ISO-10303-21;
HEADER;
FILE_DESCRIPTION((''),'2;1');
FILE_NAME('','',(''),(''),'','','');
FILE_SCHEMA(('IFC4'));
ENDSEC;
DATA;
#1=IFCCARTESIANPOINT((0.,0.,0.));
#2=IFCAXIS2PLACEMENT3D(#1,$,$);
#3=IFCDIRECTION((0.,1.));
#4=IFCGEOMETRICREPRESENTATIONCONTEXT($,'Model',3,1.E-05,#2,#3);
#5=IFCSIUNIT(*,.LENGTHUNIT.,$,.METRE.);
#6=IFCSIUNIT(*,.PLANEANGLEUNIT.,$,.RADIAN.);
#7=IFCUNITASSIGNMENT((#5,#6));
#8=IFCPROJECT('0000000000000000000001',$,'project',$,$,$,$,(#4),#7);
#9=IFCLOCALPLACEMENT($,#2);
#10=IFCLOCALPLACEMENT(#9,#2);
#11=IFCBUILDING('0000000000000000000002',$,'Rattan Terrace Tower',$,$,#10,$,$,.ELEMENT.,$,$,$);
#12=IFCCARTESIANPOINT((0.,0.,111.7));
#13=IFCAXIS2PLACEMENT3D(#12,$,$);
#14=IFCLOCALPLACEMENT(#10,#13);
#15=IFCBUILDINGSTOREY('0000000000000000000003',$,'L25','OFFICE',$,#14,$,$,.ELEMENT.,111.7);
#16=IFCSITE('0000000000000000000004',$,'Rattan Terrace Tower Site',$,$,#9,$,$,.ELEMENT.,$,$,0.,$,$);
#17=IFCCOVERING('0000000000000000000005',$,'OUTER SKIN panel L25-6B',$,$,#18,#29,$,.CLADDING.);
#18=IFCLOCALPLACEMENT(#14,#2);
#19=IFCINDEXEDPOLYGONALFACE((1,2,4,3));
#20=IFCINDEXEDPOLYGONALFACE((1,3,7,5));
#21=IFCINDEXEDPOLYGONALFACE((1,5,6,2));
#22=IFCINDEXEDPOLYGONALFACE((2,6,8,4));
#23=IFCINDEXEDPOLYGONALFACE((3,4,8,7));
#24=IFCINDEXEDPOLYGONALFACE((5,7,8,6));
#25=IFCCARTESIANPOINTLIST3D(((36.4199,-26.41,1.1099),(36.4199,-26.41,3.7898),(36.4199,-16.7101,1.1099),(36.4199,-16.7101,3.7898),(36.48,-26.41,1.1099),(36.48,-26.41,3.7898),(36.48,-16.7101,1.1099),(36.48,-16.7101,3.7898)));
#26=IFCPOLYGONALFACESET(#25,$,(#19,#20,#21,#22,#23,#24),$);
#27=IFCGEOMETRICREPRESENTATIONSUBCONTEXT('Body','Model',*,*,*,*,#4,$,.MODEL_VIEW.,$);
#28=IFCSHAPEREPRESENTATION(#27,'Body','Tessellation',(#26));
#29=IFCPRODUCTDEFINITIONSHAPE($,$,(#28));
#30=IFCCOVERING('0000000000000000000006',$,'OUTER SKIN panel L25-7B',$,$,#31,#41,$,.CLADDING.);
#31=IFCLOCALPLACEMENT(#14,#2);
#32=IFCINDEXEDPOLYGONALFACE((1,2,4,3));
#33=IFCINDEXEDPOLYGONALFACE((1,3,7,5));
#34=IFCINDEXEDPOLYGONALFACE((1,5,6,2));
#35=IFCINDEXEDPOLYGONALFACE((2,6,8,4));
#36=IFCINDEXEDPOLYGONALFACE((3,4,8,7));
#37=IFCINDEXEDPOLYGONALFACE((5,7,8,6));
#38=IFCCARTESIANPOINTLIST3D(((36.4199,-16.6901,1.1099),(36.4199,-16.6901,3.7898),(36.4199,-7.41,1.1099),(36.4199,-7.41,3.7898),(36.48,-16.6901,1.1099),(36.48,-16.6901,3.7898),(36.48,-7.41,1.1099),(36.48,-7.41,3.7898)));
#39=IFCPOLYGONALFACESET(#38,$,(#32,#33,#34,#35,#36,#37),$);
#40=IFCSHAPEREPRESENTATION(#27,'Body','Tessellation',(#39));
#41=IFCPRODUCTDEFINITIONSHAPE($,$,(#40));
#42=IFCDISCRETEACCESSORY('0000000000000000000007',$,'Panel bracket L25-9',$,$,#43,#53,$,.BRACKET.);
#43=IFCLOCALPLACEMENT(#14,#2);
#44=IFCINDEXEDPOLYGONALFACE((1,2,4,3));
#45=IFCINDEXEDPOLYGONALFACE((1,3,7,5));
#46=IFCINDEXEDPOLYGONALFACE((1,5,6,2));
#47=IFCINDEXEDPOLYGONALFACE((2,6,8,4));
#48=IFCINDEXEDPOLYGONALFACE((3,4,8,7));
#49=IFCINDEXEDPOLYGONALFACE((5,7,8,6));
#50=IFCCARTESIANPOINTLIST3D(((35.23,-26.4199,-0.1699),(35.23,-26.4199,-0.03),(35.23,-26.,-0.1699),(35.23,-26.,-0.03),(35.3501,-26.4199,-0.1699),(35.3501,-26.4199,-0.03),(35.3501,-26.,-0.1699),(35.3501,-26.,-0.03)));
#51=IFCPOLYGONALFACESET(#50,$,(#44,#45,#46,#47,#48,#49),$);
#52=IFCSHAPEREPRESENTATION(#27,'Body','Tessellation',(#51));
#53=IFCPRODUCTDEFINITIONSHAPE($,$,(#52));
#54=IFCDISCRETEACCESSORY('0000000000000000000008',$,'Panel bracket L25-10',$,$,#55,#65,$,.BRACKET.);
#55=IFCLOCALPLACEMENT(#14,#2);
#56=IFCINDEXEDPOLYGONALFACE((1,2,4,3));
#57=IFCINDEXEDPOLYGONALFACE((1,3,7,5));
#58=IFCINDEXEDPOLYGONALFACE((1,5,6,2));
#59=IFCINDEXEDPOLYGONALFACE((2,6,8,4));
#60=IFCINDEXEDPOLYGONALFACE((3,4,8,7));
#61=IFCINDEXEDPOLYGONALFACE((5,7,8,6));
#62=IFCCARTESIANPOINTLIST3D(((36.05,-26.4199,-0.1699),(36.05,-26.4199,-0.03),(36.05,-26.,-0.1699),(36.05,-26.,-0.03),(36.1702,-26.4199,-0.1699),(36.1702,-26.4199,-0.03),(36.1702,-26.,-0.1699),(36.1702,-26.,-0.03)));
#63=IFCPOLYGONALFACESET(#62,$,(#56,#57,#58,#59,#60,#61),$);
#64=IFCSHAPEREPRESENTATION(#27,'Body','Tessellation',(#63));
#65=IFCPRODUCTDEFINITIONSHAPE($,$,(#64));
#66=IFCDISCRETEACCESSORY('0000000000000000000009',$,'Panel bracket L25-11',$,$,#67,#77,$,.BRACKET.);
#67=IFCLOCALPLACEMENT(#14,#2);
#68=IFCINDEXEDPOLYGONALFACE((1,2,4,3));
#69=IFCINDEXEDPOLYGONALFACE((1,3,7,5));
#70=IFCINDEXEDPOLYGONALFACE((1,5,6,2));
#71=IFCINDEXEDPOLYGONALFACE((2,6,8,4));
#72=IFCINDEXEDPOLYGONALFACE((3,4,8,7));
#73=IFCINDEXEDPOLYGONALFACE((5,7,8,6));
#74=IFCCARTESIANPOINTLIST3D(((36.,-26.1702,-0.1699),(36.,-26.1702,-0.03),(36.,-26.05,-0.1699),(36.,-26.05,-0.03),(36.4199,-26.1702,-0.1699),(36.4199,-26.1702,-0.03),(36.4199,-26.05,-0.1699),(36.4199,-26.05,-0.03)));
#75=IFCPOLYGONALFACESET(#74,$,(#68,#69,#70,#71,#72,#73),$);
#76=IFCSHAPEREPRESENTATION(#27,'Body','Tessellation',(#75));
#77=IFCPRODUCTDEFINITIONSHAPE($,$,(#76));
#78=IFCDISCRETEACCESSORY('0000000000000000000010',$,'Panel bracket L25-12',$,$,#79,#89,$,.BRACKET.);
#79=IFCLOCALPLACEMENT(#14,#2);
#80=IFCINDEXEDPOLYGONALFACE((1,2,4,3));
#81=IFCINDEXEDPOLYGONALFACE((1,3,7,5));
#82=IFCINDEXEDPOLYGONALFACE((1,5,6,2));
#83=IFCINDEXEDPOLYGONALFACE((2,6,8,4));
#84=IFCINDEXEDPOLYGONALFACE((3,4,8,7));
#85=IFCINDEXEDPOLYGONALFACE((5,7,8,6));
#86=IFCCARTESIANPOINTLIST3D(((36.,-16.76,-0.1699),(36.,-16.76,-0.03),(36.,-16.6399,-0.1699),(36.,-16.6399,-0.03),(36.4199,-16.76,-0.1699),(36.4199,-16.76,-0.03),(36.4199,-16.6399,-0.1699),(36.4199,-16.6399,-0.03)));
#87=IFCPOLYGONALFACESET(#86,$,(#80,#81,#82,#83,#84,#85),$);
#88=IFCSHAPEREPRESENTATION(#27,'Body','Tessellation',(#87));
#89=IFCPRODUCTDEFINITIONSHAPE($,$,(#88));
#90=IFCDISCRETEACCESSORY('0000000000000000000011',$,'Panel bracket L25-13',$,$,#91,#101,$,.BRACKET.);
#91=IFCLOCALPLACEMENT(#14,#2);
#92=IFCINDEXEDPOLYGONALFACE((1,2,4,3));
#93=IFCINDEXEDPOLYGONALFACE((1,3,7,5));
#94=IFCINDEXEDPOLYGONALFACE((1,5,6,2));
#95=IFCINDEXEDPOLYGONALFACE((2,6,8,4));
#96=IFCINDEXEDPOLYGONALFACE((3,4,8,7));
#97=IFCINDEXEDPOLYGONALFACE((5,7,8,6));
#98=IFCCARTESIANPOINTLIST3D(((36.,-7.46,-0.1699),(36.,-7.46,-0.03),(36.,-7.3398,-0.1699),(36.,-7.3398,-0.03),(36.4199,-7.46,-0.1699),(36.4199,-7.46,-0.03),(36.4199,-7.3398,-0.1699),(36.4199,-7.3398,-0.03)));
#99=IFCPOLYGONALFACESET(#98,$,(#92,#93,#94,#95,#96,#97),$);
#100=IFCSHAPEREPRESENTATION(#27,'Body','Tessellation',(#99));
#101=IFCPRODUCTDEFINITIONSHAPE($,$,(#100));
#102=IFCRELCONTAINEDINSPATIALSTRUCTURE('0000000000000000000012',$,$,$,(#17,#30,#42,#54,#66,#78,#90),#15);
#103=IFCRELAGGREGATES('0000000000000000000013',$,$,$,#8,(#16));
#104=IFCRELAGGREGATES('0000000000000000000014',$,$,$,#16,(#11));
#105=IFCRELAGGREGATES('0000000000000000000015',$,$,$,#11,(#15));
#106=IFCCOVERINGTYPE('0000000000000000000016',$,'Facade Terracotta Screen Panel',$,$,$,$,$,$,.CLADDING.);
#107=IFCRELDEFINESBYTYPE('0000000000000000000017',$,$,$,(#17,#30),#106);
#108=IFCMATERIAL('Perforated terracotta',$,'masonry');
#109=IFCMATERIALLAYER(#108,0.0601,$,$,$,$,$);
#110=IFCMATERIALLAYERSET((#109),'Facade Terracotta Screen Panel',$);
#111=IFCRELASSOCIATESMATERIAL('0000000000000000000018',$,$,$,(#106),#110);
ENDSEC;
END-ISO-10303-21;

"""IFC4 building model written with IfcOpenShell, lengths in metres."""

from ifc_helpers import new_model, si_unit, direction, frame, origin, origin_2d, place, context, subcontext, project, spatial, rectangle, extrude, material, layer, layer_set, type_object, element, save


model = new_model("IFC4")

# Units and contexts
model_context = context("Model", 3, precision=1e-05, world=origin(), true_north=direction((0.0, 1.0)))
body_context = subcontext(model_context, "Body", "Model", "MODEL_VIEW")
ifc_project = project(units=[si_unit("LENGTHUNIT", "METRE"), si_unit("PLANEANGLEUNIT", "RADIAN")], contexts=[model_context])

# Site, building, storey
site_placement = place(None, origin())
site = spatial("IfcSite", under=ifc_project, at=site_placement, Name="Rattan Terrace Tower Site", CompositionType="ELEMENT", RefElevation=0.0)
building_placement = place(site_placement, origin())
building = spatial("IfcBuilding", under=site, at=building_placement, Name="Rattan Terrace Tower", CompositionType="ELEMENT")
storey_placement = place(building_placement, frame((0.0, 0.0, 111.7)))
storey = spatial("IfcBuildingStorey", under=building, at=storey_placement, Name="L25", Description="OFFICE", CompositionType="ELEMENT", Elevation=111.7)

# Coverings
ifc_material_1 = material(Name="Perforated terracotta", Category="masonry")
ifc_layer_1 = layer(ifc_material_1, 0.0601)
ifc_layer_set_1 = layer_set([ifc_layer_1], Name="Facade Terracotta Screen Panel")
covering_type_1 = type_object("IfcCoveringType", Name="Facade Terracotta Screen Panel", PredefinedType="CLADDING", material=ifc_layer_set_1)
covering_1_placement = place(storey_placement, frame((36.45, -21.5601, 1.1099), z_axis=(0.0, 0.0, 1.0), x_axis=(0.0, 1.0, 0.0)))
element("IfcCovering", 1, at=covering_1_placement, inside=storey, type_object=covering_type_1, Name="OUTER SKIN panel L25-6B", PredefinedType="CLADDING", context=body_context, shape_type="SweptSolid", body=[
    extrude(rectangle(XDim=9.7, YDim=0.0601, at=origin_2d()), origin(), (0.0, 0.0, 1.0), 2.6799),
])
covering_2_placement = place(storey_placement, frame((36.45, -12.05, 1.1099), z_axis=(0.0, 0.0, 1.0), x_axis=(0.0, 1.0, 0.0)))
element("IfcCovering", 2, at=covering_2_placement, inside=storey, type_object=covering_type_1, Name="OUTER SKIN panel L25-7B", PredefinedType="CLADDING", context=body_context, shape_type="SweptSolid", body=[
    extrude(rectangle(XDim=9.28, YDim=0.0601, at=origin_2d()), origin(), (0.0, 0.0, 1.0), 2.6799),
])

# Discrete accessories
for number, where, z_axis, x_axis, name in (
    (3, (35.29, -26.21, -0.1699), (0.0, 0.0, 1.0), (1.0, 0.0, 0.0), "Panel bracket L25-9"),
    (4, (36.1101, -26.21, -0.1699), (0.0, 0.0, 1.0), (1.0, 0.0, 0.0), "Panel bracket L25-10"),
    (5, (36.21, -26.1101, -0.1699), (0.0, 0.0, 1.0), (0.0, 1.0, 0.0), "Panel bracket L25-11"),
    (6, (36.21, -16.7, -0.1699), (0.0, 0.0, 1.0), (0.0, 1.0, 0.0), "Panel bracket L25-12"),
    (7, (36.21, -7.3999, -0.1699), (0.0, 0.0, 1.0), (0.0, 1.0, 0.0), "Panel bracket L25-13"),
):
    element("IfcDiscreteAccessory", number, at=place(storey_placement, frame(where, z_axis=z_axis, x_axis=x_axis)), inside=storey, Name=name, PredefinedType="BRACKET", context=body_context, shape_type="SweptSolid", body=[
        extrude(rectangle(XDim=0.1201, YDim=0.4199, at=origin_2d()), origin(), (0.0, 0.0, 1.0), 0.1399),
    ])

save(model, "model.ifc")
